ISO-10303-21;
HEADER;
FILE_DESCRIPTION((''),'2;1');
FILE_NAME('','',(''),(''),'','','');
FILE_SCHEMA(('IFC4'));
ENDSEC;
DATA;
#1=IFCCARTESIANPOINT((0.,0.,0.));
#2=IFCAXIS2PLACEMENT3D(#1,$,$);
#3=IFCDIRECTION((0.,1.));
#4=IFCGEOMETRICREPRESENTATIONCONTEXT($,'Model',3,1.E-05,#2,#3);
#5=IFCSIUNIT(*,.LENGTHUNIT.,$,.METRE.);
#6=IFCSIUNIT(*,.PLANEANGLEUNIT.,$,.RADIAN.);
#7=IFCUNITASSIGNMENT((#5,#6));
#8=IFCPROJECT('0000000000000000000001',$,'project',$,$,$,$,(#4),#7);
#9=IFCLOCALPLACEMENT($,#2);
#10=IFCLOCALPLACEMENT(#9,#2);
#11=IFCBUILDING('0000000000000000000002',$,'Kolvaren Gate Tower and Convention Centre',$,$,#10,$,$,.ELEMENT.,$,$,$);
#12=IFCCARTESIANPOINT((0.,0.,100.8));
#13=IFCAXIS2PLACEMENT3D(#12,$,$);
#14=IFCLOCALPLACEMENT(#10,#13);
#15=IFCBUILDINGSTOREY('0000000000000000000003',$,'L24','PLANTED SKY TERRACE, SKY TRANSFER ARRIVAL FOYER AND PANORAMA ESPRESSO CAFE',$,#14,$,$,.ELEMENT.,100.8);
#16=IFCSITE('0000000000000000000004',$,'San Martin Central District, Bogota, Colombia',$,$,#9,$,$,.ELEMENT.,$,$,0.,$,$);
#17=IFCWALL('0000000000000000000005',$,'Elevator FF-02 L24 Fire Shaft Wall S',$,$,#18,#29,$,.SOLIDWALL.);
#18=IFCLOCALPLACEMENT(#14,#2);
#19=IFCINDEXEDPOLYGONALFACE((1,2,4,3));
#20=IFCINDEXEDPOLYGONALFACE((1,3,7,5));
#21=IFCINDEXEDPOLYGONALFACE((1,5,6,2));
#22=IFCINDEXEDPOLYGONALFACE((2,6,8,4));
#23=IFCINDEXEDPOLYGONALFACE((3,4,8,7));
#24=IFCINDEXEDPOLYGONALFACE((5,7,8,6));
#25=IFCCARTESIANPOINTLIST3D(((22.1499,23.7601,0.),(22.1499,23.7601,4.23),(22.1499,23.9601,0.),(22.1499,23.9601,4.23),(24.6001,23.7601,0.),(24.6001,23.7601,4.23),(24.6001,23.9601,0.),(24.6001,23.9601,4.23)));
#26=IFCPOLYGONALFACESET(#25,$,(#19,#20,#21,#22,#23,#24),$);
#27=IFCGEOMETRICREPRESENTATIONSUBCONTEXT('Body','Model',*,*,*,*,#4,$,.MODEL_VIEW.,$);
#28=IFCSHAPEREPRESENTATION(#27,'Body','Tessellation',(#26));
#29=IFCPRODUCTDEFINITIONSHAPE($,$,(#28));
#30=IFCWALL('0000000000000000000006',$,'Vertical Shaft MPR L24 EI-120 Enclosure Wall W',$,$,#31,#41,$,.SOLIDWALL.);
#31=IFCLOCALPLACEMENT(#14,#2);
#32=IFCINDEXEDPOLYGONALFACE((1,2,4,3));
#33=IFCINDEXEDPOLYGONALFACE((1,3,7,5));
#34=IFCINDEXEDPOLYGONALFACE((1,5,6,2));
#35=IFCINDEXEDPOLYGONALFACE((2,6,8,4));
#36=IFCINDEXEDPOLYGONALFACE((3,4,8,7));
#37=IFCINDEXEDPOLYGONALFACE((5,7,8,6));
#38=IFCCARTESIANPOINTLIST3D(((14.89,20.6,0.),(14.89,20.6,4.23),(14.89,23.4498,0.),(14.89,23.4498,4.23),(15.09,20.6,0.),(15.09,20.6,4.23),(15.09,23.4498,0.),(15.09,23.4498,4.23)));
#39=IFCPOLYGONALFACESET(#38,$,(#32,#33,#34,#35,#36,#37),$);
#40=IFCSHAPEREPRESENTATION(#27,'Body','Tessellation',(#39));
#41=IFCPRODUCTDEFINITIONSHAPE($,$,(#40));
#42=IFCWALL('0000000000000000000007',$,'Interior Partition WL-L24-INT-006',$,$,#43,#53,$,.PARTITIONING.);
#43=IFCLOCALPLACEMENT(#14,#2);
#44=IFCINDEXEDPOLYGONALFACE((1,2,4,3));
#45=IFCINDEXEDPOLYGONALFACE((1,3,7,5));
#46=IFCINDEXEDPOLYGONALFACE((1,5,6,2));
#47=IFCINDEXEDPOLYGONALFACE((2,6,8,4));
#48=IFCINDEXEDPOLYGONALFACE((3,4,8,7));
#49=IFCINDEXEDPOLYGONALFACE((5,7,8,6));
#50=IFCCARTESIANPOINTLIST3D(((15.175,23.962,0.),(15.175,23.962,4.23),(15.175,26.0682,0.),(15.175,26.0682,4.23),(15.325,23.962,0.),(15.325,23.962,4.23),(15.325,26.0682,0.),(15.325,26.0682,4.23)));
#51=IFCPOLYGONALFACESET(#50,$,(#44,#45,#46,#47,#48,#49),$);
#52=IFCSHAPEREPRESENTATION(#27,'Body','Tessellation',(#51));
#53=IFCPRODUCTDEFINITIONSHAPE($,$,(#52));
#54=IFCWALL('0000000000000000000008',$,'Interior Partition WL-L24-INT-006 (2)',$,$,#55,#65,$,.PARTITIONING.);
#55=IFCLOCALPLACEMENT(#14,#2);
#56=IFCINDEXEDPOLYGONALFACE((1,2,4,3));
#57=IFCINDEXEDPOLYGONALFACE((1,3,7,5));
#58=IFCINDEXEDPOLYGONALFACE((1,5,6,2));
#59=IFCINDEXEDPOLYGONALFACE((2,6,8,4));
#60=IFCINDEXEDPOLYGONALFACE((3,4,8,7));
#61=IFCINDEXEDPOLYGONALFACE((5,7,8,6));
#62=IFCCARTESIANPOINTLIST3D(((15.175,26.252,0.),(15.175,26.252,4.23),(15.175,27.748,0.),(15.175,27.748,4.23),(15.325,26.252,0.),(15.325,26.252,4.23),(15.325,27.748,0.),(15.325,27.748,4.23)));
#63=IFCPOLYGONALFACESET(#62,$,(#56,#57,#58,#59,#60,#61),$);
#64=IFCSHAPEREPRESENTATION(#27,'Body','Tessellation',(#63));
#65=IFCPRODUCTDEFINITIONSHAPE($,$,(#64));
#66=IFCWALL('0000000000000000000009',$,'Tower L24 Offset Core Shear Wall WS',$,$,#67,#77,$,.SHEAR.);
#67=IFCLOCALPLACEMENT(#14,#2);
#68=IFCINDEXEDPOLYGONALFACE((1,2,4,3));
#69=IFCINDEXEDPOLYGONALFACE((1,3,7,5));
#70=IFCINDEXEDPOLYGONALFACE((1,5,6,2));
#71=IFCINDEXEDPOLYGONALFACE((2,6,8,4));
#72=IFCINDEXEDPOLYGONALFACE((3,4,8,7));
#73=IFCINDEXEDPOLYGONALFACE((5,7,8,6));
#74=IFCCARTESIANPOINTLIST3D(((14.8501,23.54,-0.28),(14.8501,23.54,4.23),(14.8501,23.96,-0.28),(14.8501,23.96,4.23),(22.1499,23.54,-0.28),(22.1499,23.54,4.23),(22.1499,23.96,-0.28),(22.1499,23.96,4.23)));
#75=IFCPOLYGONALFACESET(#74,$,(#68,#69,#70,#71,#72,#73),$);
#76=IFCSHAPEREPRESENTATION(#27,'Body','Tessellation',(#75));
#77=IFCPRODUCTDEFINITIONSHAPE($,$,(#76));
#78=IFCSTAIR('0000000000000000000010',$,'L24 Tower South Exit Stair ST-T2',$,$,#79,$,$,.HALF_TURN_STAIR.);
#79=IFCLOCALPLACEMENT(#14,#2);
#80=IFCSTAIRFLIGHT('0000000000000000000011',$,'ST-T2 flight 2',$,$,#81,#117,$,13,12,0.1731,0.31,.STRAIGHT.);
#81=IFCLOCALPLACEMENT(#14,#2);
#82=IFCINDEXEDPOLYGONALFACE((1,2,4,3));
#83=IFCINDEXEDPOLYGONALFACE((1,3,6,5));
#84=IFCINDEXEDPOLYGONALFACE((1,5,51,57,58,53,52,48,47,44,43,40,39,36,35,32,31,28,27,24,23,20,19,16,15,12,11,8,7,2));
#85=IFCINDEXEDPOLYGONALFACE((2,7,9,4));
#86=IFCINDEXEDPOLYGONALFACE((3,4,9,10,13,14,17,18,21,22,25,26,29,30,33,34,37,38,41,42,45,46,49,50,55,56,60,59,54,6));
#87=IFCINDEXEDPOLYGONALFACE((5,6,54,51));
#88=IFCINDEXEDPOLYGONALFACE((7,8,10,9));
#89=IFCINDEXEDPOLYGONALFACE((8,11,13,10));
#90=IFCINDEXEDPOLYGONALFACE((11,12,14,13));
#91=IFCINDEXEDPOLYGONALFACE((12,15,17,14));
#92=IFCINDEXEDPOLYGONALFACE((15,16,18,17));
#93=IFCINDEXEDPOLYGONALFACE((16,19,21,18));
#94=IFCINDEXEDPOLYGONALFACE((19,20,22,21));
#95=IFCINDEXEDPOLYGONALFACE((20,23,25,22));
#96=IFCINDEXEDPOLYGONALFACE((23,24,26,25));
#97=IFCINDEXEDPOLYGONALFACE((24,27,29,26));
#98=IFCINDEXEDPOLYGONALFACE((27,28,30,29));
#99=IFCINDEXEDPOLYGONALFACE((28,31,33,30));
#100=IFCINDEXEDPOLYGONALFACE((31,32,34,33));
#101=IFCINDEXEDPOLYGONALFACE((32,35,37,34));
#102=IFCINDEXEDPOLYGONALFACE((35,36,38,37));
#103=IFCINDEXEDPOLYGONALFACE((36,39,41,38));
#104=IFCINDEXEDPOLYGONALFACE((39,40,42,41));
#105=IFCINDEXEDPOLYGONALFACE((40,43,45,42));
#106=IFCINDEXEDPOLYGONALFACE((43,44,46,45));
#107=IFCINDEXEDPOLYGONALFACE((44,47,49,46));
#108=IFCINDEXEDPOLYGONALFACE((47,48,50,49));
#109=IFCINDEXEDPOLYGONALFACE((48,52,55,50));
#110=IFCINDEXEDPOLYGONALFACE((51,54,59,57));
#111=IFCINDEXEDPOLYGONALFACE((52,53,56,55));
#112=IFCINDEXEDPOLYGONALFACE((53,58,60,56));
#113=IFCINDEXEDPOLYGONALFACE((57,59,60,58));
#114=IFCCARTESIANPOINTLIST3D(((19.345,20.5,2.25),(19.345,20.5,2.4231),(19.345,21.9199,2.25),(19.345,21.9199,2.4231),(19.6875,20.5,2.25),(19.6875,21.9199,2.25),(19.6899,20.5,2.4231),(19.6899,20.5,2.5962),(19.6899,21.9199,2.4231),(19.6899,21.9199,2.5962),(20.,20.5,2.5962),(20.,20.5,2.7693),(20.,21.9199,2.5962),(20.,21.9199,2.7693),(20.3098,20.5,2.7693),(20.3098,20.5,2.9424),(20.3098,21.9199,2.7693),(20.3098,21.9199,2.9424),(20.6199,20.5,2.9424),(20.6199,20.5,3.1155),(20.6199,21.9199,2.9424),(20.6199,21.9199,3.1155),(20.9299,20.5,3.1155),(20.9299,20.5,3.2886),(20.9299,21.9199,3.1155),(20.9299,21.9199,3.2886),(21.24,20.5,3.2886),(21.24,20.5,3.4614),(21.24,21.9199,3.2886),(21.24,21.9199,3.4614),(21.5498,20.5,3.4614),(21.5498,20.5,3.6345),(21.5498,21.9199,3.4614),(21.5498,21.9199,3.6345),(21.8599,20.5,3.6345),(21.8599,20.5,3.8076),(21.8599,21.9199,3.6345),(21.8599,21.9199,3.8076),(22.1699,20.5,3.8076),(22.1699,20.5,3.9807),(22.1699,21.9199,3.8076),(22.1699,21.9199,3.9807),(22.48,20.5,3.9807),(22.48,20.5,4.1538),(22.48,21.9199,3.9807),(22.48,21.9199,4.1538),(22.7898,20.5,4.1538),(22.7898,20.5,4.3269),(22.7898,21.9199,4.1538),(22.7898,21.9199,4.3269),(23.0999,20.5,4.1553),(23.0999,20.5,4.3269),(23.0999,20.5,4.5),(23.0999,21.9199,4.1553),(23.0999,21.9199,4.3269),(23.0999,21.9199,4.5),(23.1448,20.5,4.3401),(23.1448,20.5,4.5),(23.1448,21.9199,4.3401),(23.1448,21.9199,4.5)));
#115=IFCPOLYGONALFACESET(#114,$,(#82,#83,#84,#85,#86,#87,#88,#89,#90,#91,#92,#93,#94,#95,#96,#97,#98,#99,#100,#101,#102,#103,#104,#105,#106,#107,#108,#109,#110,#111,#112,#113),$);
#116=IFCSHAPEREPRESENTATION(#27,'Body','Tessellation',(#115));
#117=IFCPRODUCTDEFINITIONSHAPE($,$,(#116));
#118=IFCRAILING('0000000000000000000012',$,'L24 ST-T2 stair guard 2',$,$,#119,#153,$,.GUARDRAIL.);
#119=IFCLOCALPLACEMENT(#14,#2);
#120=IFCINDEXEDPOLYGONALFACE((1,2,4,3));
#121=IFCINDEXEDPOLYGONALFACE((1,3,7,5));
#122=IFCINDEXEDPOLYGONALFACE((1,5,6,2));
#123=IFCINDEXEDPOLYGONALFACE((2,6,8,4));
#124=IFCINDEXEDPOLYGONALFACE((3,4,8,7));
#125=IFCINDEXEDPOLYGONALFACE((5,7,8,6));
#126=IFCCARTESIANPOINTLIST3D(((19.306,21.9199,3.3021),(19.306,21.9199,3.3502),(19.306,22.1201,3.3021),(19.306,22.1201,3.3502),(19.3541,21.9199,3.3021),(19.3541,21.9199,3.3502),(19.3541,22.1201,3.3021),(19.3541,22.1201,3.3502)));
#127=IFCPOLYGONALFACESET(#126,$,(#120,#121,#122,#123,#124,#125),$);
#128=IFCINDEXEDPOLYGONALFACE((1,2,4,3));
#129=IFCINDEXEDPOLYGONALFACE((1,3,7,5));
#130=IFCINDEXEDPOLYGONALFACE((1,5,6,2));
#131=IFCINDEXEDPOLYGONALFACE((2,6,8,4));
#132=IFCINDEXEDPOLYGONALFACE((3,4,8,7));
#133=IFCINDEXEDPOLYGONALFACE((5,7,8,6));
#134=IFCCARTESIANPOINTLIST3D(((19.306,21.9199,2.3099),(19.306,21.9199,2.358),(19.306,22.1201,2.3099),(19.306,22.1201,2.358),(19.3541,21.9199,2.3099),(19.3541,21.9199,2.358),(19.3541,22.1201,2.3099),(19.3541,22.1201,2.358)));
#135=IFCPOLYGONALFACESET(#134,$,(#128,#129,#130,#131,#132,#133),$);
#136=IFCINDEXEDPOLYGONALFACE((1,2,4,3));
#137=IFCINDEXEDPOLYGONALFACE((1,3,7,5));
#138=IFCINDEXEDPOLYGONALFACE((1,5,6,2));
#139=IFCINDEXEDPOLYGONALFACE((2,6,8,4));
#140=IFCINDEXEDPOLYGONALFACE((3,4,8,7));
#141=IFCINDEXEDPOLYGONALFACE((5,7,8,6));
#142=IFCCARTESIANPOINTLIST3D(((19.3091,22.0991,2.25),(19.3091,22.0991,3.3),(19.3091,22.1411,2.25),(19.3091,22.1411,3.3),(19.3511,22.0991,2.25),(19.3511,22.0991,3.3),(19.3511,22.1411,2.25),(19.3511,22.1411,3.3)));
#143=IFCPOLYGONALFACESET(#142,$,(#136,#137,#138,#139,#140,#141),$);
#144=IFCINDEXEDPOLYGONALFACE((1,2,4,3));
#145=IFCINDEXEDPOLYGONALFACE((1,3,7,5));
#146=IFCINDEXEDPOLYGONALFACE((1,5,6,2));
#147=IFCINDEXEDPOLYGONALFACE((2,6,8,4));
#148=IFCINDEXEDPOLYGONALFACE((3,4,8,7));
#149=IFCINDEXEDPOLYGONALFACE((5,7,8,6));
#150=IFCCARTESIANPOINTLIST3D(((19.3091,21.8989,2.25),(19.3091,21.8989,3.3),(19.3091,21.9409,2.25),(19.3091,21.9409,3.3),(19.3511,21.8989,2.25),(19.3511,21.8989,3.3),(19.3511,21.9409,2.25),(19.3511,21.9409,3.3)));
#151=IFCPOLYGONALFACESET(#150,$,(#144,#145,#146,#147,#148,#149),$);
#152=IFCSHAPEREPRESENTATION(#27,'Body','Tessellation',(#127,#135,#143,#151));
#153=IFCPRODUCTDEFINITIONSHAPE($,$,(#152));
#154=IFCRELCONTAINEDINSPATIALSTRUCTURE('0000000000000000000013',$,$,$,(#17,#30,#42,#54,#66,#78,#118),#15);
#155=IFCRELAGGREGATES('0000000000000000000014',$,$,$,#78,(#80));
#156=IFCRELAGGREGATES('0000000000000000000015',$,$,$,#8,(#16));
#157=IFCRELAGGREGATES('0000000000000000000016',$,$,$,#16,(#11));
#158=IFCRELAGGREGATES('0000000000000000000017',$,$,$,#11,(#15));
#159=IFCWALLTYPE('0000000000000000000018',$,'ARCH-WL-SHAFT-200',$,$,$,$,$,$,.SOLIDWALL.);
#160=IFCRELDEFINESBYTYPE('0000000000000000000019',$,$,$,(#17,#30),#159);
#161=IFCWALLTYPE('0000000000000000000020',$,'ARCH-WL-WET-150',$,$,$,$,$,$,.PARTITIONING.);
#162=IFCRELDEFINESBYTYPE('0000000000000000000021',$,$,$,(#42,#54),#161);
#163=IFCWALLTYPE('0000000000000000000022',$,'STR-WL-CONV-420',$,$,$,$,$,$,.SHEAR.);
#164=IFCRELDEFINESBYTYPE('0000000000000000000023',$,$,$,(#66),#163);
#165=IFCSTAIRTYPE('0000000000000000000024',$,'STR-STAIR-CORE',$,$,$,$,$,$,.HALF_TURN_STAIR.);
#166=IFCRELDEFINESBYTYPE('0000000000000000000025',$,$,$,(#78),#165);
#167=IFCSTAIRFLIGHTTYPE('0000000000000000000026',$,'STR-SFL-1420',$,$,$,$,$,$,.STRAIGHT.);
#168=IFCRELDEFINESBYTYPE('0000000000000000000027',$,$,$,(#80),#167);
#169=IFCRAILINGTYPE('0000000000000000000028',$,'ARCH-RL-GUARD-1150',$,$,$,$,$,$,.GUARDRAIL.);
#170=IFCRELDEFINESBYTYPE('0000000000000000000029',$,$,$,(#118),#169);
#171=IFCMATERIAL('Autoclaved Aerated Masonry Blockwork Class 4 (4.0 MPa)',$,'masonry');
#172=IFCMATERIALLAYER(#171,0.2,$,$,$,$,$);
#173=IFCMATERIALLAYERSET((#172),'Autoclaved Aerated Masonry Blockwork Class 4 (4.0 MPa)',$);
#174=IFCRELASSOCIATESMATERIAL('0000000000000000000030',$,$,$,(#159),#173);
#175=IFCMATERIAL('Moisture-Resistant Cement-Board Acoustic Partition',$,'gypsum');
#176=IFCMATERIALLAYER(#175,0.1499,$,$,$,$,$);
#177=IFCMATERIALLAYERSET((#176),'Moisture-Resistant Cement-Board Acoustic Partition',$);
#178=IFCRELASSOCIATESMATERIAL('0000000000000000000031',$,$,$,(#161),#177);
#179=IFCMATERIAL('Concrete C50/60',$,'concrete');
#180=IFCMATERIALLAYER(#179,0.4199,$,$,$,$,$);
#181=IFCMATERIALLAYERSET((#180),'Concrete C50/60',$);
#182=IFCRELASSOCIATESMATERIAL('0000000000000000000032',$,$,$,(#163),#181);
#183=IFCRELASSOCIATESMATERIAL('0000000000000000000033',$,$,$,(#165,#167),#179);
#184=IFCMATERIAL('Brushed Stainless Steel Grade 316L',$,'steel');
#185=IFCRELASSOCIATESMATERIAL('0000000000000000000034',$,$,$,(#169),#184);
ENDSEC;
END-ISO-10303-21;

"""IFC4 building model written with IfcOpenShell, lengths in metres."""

from ifc_helpers import new_model, si_unit, direction, frame, frame_2d, origin, origin_2d, place, context, subcontext, project, spatial, polyline, rectangle, outline, extrude, material, layer, layer_set, type_object, element, aggregate, save


model = new_model("IFC4")

# Units and contexts
model_context = context("Model", 3, precision=1e-05, world=origin(), true_north=direction((0.0, 1.0)))
body_context = subcontext(model_context, "Body", "Model", "MODEL_VIEW")
ifc_project = project(units=[si_unit("LENGTHUNIT", "METRE"), si_unit("PLANEANGLEUNIT", "RADIAN")], contexts=[model_context])

# Site, building, storey
site_placement = place(None, origin())
site = spatial("IfcSite", under=ifc_project, at=site_placement, Name="San Martin Central District, Bogota, Colombia", CompositionType="ELEMENT", RefElevation=0.0)
building_placement = place(site_placement, origin())
building = spatial("IfcBuilding", under=site, at=building_placement, Name="Kolvaren Gate Tower and Convention Centre", CompositionType="ELEMENT")
storey_placement = place(building_placement, frame((0.0, 0.0, 100.8)))
storey = spatial("IfcBuildingStorey", under=building, at=storey_placement, Name="L24", Description="PLANTED SKY TERRACE, SKY TRANSFER ARRIVAL FOYER AND PANORAMA ESPRESSO CAFE", CompositionType="ELEMENT", Elevation=100.8)

# Shared definitions
ifc_material_1 = material(Name="Autoclaved Aerated Masonry Blockwork Class 4 (4.0 MPa)", Category="masonry")

# Walls
ifc_layer_1 = layer(ifc_material_1, 0.2)
ifc_layer_set_1 = layer_set([ifc_layer_1], Name="Autoclaved Aerated Masonry Blockwork Class 4 (4.0 MPa)")
wall_type_1 = type_object("IfcWallType", Name="ARCH-WL-SHAFT-200", PredefinedType="SOLIDWALL", material=ifc_layer_set_1)
for number, where, z_axis, x_axis, name in (
    (1, (22.1499, 23.8601, 0.0), (0.0, 0.0, 1.0), (1.0, 0.0, 0.0), "Elevator FF-02 L24 Fire Shaft Wall S"),
):
    element("IfcWall", number, at=place(storey_placement, frame(where, z_axis=z_axis, x_axis=x_axis)), inside=storey, type_object=wall_type_1, Name=name, PredefinedType="SOLIDWALL", context=body_context, shape_type="SweptSolid", body=[
        extrude(rectangle(XDim=2.4502, YDim=0.2, at=frame_2d((1.2251, 0.0))), origin(), (0.0, 0.0, 1.0), 4.23),
    ])
wall_1_placement = place(storey_placement, frame((14.99, 20.6001, 0.0), z_axis=(0.0, 0.0, 1.0), x_axis=(0.0, 1.0, 0.0)))
element("IfcWall", 2, at=wall_1_placement, inside=storey, type_object=wall_type_1, Name="Vertical Shaft MPR L24 EI-120 Enclosure Wall W", PredefinedType="SOLIDWALL", context=body_context, shape_type="SweptSolid", body=[
    extrude(rectangle(XDim=2.8499, YDim=0.2, at=frame_2d((1.4248, 0.0))), origin(), (0.0, 0.0, 1.0), 4.23),
])
ifc_material_2 = material(Name="Moisture-Resistant Cement-Board Acoustic Partition", Category="gypsum")
ifc_layer_2 = layer(ifc_material_2, 0.1499)
ifc_layer_set_2 = layer_set([ifc_layer_2], Name="Moisture-Resistant Cement-Board Acoustic Partition")
wall_type_2 = type_object("IfcWallType", Name="ARCH-WL-WET-150", PredefinedType="PARTITIONING", material=ifc_layer_set_2)
wall_2_placement = place(storey_placement, frame((15.25, 23.9619, 0.0), z_axis=(0.0, 0.0, 1.0), x_axis=(0.0, 1.0, 0.0)))
element("IfcWall", 3, at=wall_2_placement, inside=storey, type_object=wall_type_2, Name="Interior Partition WL-L24-INT-006", PredefinedType="PARTITIONING", context=body_context, shape_type="SweptSolid", body=[
    extrude(rectangle(XDim=2.1062, YDim=0.1499, at=frame_2d((1.0532, 0.0))), origin(), (0.0, 0.0, 1.0), 4.23),
])
wall_3_placement = place(storey_placement, frame((15.25, 26.252, 0.0), z_axis=(0.0, 0.0, 1.0), x_axis=(0.0, 1.0, 0.0)))
element("IfcWall", 4, at=wall_3_placement, inside=storey, type_object=wall_type_2, Name="Interior Partition WL-L24-INT-006 (2)", PredefinedType="PARTITIONING", context=body_context, shape_type="SweptSolid", body=[
    extrude(rectangle(XDim=1.4961, YDim=0.1499, at=frame_2d((0.748, 0.0))), origin(), (0.0, 0.0, 1.0), 4.23),
])
ifc_material_3 = material(Name="Concrete C50/60", Category="concrete")
ifc_layer_3 = layer(ifc_material_3, 0.4199)
ifc_layer_set_3 = layer_set([ifc_layer_3], Name="Concrete C50/60")
wall_type_3 = type_object("IfcWallType", Name="STR-WL-CONV-420", PredefinedType="SHEAR", material=ifc_layer_set_3)
wall_4_placement = place(storey_placement, frame((14.8501, 23.75, -0.28), z_axis=(0.0, 0.0, 1.0), x_axis=(1.0, 0.0, 0.0)))
element("IfcWall", 5, at=wall_4_placement, inside=storey, type_object=wall_type_3, Name="Tower L24 Offset Core Shear Wall WS", PredefinedType="SHEAR", context=body_context, shape_type="SweptSolid", body=[
    extrude(rectangle(XDim=7.2998, YDim=0.4199, at=frame_2d((3.6499, 0.0))), origin(), (0.0, 0.0, 1.0), 4.51),
])

# Stair, stair flight
stair_type = type_object("IfcStairType", Name="STR-STAIR-CORE", PredefinedType="HALF_TURN_STAIR", material=ifc_material_3)
stair_placement = place(storey_placement, origin())
stair = element("IfcStair", 6, at=stair_placement, inside=storey, type_object=stair_type, Name="L24 Tower South Exit Stair ST-T2", PredefinedType="HALF_TURN_STAIR")
stair_flight_type = type_object("IfcStairFlightType", Name="STR-SFL-1420", PredefinedType="STRAIGHT", material=ifc_material_3)
stair_flight_placement = place(storey_placement, frame((19.3799, 21.21, 2.25), z_axis=(0.0, 0.0, 1.0), x_axis=(1.0, 0.0, 0.0)))
stair_flight = element("IfcStairFlight", 7, at=stair_flight_placement, type_object=stair_flight_type, Name="ST-T2 flight 2", NumberOfRisers=13, NumberOfTreads=12, PredefinedType="STRAIGHT", RiserHeight=0.1731, TreadLength=0.31, context=body_context, shape_type="SweptSolid", body=[
    extrude(outline(polyline([(-0.0349, 0.0), (-0.0349, 0.1731), (0.3101, 0.1731), (0.3101, 0.3462), (0.6201, 0.3462), (0.6201, 0.5193), (0.9299, 0.5193), (0.9299, 0.6924), (1.24, 0.6924), (1.24, 0.8655), (1.55, 0.8655), (1.55, 1.0386), (1.8601, 1.0386), (1.8601, 1.2114), (2.1699, 1.2114), (2.1699, 1.3845), (2.48, 1.3845), (2.48, 1.5576), (2.79, 1.5576), (2.79, 1.7307), (3.1001, 1.7307), (3.1001, 1.9038), (3.4099, 1.9038), (3.4099, 2.0769), (3.72, 2.0769), (3.72, 2.25), (3.7649, 2.25), (3.7649, 2.0901), (3.72, 1.9053), (0.3076, 0.0), (-0.0349, 0.0)])), frame((0.0, 0.71, 0.0), z_axis=(0.0, -1.0, 0.0), x_axis=(1.0, 0.0, 0.0)), (0.0, 0.0, 1.0), 1.4199),
])
aggregate(stair, [stair_flight])

# Railing
ifc_material_4 = material(Name="Brushed Stainless Steel Grade 316L", Category="steel")
railing_type_1 = type_object("IfcRailingType", Name="ARCH-RL-GUARD-1150", PredefinedType="GUARDRAIL", material=ifc_material_4)
railing_1_placement = place(storey_placement, frame((19.3301, 22.1201, 2.25)))
element("IfcRailing", 8, at=railing_1_placement, inside=storey, type_object=railing_type_1, Name="L24 ST-T2 stair guard 2", PredefinedType="GUARDRAIL", context=body_context, shape_type="SweptSolid", body=[
    extrude(rectangle(XDim=0.0481, YDim=0.0481, at=origin_2d()), frame((0.0, 0.0, 1.0762), z_axis=(0.0, -1.0, 0.0), x_axis=(1.0, 0.0, 0.0)), (0.0, 0.0, 1.0), 0.2002),
    extrude(rectangle(XDim=0.0481, YDim=0.0481, at=origin_2d()), frame((0.0, 0.0, 0.084), z_axis=(0.0, -1.0, 0.0), x_axis=(1.0, 0.0, 0.0)), (0.0, 0.0, 1.0), 0.2002),
    extrude(rectangle(XDim=0.042, YDim=0.042, at=origin_2d()), origin(), (0.0, 0.0, 1.0), 1.05),
    extrude(rectangle(XDim=0.042, YDim=0.042, at=origin_2d()), frame((0.0, -0.2002, 0.0)), (0.0, 0.0, 1.0), 1.05),
])

save(model, "model.ifc")
